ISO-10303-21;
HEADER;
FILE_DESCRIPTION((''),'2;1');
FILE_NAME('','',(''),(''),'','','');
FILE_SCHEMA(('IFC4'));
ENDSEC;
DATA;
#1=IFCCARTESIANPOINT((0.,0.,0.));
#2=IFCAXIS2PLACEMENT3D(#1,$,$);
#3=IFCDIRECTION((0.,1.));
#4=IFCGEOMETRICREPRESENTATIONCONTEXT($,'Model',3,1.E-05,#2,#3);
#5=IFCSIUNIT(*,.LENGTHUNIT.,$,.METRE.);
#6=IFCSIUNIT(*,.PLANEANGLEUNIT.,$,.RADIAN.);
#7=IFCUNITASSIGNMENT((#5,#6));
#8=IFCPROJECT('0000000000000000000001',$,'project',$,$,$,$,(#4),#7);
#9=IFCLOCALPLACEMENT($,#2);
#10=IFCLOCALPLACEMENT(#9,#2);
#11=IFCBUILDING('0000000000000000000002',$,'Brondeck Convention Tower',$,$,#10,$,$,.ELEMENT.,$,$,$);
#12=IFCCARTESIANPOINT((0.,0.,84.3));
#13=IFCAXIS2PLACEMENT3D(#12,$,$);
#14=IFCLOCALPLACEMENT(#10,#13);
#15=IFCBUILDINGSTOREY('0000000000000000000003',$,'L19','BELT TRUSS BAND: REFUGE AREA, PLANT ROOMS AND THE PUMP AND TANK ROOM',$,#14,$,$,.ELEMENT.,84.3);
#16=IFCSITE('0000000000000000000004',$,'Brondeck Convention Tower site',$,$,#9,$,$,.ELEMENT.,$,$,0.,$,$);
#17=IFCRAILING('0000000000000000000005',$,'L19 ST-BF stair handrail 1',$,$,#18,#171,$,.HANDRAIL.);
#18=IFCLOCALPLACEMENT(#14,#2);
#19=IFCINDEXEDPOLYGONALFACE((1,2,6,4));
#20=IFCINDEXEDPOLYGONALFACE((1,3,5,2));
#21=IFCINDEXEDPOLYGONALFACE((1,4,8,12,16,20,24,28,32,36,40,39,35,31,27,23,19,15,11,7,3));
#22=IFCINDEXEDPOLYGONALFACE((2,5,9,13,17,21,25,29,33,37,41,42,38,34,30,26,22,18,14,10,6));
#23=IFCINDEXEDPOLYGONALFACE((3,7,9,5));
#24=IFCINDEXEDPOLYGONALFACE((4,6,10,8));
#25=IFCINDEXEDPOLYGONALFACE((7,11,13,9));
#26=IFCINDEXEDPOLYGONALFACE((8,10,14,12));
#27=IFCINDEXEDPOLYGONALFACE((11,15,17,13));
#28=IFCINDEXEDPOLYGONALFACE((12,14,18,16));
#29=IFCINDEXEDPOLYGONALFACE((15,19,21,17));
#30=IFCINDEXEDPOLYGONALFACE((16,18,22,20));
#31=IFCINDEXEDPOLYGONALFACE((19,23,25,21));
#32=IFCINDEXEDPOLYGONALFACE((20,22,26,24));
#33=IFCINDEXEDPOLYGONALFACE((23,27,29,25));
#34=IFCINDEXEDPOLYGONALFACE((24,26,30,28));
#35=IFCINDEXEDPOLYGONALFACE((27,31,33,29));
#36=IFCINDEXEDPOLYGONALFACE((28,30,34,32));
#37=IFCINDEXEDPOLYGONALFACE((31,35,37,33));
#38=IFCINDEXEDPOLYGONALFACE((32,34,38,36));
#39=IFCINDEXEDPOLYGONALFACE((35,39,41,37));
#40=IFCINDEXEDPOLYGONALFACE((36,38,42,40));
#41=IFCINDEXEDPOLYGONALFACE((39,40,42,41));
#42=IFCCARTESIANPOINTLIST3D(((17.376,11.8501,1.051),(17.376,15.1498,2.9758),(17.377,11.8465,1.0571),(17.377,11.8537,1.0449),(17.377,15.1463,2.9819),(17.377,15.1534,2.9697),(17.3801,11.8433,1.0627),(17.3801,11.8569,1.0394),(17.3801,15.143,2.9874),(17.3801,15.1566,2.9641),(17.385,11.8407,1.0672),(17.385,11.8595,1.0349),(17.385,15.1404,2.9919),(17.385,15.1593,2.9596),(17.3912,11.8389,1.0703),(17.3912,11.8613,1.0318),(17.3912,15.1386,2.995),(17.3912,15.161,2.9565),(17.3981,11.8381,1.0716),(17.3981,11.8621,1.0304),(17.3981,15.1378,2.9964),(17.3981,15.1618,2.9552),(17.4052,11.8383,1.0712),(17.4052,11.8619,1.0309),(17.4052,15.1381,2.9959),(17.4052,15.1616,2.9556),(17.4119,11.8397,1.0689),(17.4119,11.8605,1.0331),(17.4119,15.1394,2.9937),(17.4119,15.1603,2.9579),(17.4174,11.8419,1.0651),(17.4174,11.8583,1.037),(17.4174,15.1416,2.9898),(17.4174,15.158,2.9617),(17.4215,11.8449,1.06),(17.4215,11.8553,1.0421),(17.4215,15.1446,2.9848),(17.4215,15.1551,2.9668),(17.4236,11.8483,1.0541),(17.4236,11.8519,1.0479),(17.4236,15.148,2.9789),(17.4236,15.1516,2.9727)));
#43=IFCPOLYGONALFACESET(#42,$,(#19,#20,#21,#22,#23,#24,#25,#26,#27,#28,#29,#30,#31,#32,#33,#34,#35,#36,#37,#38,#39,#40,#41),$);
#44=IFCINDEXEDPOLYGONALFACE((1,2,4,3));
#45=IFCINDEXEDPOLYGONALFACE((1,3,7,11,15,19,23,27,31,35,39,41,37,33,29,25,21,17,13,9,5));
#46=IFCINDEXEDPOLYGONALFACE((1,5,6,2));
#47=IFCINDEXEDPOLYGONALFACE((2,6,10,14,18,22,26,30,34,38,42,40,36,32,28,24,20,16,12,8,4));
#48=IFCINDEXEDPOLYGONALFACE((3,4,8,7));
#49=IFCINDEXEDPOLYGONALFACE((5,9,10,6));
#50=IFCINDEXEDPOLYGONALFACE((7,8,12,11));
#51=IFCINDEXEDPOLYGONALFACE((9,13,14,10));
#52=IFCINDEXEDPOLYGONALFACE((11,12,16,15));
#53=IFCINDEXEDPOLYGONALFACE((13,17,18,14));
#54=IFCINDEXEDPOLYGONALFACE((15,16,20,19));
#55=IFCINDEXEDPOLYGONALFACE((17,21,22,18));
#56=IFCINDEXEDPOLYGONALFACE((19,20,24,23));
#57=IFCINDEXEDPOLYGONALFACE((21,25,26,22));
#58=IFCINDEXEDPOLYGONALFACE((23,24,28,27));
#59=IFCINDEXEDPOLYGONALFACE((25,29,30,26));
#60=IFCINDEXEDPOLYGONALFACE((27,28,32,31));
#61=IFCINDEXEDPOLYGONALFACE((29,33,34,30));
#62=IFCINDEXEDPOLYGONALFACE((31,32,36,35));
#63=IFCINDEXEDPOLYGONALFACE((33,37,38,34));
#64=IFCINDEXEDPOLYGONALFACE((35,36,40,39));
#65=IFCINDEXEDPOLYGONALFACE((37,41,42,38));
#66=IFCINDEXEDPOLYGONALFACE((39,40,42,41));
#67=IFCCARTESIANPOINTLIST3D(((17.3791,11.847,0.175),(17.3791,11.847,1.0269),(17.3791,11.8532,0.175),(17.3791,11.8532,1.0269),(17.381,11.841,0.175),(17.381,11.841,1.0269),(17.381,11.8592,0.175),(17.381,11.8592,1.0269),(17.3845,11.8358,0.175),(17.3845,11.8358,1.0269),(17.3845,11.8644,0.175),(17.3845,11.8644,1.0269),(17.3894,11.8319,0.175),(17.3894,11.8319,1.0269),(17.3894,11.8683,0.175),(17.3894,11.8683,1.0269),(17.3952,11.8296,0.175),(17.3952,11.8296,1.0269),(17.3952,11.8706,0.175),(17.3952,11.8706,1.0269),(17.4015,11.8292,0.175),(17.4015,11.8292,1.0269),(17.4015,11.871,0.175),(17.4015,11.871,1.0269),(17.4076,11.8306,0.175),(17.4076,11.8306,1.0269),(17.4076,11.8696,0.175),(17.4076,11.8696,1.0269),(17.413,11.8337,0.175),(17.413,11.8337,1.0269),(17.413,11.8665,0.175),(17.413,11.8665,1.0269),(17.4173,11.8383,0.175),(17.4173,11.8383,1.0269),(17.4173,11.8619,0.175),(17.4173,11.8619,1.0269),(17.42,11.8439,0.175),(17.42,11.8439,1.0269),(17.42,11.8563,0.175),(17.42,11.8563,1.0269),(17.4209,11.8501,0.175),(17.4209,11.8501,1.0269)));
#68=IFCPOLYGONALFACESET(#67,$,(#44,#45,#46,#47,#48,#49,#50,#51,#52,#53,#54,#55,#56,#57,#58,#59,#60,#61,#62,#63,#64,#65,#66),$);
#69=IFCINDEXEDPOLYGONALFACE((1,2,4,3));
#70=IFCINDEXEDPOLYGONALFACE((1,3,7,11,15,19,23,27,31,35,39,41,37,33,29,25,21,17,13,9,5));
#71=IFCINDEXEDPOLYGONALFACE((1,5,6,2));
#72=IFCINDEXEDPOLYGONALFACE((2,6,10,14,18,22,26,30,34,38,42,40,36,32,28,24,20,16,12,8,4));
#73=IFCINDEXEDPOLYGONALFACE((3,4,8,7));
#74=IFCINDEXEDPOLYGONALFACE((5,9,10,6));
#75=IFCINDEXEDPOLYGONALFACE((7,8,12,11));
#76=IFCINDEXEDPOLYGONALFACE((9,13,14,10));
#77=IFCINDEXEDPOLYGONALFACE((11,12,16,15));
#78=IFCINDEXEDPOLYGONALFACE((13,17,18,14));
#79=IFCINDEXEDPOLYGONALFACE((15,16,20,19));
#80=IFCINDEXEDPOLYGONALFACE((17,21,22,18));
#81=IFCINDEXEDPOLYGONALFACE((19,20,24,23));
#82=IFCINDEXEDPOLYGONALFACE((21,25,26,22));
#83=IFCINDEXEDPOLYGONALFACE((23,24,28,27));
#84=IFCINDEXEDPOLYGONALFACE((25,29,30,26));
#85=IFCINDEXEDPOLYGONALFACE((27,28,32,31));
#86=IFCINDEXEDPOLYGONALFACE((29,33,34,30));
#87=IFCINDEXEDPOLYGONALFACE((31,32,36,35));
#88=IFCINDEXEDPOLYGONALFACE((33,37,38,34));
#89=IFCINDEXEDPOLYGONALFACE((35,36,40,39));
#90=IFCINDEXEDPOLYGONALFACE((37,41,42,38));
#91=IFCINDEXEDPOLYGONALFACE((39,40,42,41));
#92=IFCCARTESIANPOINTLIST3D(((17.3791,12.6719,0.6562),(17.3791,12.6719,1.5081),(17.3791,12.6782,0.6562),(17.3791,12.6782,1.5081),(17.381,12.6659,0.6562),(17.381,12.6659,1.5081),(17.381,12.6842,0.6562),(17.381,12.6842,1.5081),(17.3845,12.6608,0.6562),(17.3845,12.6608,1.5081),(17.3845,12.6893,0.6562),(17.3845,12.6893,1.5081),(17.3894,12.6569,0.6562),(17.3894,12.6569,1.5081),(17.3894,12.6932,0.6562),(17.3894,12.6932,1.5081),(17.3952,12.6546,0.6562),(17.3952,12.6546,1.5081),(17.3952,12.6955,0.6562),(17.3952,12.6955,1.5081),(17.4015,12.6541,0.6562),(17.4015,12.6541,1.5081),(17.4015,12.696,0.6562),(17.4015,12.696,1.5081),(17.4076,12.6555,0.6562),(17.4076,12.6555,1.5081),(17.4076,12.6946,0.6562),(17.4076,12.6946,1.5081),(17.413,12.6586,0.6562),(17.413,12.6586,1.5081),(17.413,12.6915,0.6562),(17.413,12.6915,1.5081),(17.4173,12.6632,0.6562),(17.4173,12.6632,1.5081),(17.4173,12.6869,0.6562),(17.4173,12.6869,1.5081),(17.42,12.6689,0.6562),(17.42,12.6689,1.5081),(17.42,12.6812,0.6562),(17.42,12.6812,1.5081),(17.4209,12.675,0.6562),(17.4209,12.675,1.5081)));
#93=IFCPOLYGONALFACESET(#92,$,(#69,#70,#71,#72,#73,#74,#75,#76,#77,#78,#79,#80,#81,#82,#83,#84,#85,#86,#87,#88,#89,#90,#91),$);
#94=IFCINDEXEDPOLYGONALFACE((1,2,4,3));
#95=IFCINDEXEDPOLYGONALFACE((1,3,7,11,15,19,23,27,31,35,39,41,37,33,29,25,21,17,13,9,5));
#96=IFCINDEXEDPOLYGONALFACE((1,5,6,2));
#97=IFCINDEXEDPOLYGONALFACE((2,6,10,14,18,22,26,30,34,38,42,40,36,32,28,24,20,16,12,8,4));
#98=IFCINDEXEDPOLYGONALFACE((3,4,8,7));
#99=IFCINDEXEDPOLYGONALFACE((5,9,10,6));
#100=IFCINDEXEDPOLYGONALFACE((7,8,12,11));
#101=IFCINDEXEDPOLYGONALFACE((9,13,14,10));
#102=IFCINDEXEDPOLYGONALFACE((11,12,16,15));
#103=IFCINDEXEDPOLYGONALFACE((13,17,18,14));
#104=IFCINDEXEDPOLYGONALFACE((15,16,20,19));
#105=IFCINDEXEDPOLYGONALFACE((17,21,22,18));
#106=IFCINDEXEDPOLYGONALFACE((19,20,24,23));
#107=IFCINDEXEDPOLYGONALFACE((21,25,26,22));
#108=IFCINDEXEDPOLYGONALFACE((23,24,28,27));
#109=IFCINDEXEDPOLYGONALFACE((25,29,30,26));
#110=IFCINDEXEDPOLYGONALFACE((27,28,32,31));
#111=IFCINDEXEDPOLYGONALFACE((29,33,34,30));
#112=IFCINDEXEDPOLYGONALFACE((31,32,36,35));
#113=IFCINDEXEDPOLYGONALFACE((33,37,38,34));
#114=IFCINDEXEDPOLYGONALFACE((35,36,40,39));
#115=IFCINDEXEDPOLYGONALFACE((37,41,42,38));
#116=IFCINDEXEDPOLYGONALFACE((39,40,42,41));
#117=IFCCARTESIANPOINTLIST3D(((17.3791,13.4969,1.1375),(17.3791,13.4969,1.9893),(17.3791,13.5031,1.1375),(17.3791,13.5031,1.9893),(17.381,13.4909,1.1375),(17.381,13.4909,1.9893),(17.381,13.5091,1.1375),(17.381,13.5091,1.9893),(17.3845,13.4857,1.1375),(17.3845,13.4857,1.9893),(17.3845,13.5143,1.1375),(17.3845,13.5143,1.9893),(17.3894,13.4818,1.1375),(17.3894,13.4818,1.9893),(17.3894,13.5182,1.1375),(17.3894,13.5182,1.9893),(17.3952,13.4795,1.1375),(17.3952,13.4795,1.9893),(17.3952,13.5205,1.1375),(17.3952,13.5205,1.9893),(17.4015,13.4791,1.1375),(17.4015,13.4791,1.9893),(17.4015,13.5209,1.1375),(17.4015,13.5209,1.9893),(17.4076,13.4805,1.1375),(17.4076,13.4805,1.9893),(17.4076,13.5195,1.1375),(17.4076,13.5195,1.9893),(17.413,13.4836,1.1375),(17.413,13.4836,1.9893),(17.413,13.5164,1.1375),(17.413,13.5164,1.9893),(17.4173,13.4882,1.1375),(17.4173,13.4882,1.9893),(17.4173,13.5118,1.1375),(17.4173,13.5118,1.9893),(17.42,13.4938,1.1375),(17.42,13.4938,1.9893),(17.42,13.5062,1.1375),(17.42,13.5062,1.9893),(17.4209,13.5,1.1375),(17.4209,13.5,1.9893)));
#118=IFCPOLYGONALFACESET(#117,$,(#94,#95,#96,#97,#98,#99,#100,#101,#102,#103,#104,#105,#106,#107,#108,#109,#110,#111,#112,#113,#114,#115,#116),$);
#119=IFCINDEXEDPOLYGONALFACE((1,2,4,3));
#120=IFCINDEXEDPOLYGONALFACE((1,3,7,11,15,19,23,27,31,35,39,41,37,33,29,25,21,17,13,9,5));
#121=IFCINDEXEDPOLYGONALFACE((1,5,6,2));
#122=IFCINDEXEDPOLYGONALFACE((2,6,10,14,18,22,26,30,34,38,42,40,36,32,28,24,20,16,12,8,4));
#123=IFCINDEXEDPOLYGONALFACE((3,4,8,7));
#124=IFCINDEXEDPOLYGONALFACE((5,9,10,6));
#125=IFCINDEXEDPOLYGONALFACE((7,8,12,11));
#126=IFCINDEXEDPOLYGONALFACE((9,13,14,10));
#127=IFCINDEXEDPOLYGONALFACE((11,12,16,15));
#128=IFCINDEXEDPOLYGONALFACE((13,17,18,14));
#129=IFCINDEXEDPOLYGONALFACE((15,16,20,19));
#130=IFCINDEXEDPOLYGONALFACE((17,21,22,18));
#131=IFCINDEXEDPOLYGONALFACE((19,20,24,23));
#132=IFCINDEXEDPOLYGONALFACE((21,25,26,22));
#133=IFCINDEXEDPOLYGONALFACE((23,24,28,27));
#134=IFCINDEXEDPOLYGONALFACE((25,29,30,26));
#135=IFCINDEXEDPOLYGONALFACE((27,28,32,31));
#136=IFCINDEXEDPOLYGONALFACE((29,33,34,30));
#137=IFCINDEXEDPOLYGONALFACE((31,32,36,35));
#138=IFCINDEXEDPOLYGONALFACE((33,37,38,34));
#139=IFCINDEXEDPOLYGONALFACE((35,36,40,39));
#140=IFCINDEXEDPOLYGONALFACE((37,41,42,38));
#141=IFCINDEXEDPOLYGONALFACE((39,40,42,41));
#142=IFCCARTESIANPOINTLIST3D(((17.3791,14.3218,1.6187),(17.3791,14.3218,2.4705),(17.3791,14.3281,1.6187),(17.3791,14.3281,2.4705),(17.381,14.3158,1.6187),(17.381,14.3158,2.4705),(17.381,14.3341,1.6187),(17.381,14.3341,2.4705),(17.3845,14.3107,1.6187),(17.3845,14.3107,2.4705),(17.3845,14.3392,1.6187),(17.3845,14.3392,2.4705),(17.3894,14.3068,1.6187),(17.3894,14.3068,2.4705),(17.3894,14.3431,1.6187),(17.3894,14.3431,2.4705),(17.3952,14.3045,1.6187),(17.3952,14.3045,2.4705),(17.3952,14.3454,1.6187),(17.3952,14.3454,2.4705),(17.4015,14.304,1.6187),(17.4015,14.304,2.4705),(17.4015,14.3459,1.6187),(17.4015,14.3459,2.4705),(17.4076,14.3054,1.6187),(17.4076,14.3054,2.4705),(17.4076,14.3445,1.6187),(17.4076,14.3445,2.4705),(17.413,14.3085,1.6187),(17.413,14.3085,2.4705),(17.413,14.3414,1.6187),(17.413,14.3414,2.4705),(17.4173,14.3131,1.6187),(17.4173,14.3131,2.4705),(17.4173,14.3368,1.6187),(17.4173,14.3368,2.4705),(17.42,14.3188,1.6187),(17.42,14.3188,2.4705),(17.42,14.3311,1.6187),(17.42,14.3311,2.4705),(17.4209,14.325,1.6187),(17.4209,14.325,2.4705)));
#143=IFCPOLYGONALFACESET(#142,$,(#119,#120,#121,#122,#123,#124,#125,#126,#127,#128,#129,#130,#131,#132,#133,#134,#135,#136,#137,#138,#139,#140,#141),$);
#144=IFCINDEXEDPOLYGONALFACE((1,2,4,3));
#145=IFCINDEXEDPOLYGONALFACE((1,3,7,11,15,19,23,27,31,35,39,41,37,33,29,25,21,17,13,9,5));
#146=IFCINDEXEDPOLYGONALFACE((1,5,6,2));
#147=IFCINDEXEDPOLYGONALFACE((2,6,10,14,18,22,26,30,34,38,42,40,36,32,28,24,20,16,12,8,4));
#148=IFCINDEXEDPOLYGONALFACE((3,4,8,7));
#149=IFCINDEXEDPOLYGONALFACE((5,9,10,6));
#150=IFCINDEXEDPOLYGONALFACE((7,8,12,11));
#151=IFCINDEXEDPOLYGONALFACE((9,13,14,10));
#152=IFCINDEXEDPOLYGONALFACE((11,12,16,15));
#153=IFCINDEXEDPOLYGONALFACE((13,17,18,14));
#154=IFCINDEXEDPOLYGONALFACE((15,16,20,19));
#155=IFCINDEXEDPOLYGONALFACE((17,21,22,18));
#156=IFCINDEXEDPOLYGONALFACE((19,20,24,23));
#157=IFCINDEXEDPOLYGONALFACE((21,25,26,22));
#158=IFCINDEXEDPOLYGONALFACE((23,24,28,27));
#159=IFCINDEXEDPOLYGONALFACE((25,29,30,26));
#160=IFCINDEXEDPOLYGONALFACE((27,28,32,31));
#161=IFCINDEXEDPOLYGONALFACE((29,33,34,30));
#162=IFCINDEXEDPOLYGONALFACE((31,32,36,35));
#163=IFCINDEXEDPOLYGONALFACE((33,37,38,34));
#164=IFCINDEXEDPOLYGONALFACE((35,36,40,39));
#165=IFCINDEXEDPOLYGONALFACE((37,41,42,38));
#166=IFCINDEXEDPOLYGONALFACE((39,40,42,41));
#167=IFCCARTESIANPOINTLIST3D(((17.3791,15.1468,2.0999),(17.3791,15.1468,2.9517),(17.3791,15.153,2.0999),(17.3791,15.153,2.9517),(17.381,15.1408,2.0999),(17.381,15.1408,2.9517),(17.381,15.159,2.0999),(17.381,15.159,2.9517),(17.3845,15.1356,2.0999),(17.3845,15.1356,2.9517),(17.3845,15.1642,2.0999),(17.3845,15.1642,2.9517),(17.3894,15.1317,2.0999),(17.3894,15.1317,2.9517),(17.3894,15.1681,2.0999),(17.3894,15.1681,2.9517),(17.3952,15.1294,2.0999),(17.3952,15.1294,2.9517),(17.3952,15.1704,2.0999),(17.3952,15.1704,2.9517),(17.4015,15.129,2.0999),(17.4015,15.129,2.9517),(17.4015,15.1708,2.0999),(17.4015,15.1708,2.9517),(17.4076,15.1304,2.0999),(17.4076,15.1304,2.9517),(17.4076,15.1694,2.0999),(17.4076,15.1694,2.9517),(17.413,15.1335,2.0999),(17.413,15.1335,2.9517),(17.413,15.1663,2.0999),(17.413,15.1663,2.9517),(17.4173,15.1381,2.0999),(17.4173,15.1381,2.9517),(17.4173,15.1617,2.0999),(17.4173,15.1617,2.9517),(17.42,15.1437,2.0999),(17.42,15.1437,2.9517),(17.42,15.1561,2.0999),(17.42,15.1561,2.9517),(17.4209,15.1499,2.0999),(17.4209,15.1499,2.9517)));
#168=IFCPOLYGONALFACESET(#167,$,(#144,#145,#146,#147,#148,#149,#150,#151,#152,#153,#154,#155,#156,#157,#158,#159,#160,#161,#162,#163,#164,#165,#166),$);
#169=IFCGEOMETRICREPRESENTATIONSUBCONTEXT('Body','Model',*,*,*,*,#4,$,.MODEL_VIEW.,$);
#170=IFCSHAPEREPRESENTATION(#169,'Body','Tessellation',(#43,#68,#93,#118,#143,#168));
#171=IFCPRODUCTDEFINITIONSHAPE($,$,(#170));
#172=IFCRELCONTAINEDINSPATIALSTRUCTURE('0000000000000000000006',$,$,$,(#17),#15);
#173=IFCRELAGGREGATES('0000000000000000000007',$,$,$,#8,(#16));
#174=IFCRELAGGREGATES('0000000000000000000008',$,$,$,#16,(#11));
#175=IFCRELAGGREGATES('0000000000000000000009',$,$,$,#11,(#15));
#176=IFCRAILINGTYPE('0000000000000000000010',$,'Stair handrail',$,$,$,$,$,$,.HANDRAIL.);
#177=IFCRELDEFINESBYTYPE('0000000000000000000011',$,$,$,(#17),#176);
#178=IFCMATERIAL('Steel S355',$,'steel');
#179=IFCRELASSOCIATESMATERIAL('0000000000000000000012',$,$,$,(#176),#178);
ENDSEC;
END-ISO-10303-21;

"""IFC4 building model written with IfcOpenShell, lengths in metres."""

from ifc_helpers import new_model, si_unit, direction, frame, origin, origin_2d, place, context, subcontext, project, spatial, circle, extrude, material, type_object, element, save


model = new_model("IFC4")

# Units and contexts
model_context = context("Model", 3, precision=1e-05, world=origin(), true_north=direction((0.0, 1.0)))
body_context = subcontext(model_context, "Body", "Model", "MODEL_VIEW")
ifc_project = project(units=[si_unit("LENGTHUNIT", "METRE"), si_unit("PLANEANGLEUNIT", "RADIAN")], contexts=[model_context])

# Site, building, storey
site_placement = place(None, origin())
site = spatial("IfcSite", under=ifc_project, at=site_placement, Name="Brondeck Convention Tower site", CompositionType="ELEMENT", RefElevation=0.0)
building_placement = place(site_placement, origin())
building = spatial("IfcBuilding", under=site, at=building_placement, Name="Brondeck Convention Tower", CompositionType="ELEMENT")
storey_placement = place(building_placement, frame((0.0, 0.0, 84.3)))
storey = spatial("IfcBuildingStorey", under=building, at=storey_placement, Name="L19", Description="BELT TRUSS BAND: REFUGE AREA, PLANT ROOMS AND THE PUMP AND TANK ROOM", CompositionType="ELEMENT", Elevation=84.3)

# Shared definitions
ifc_material_1 = material(Name="Steel S355", Category="steel")

# Railing
railing_type_1 = type_object("IfcRailingType", Name="Stair handrail", PredefinedType="HANDRAIL", material=ifc_material_1)
railing_1_placement = place(storey_placement, frame((17.3999, 11.8501, 0.175)))
element("IfcRailing", 1, at=railing_1_placement, inside=storey, type_object=railing_type_1, Name="L19 ST-BF stair handrail 1", PredefinedType="HANDRAIL", context=body_context, shape_type="SweptSolid", body=[
    extrude(circle(Radius=0.0239, at=origin_2d()), frame((0.0, 0.0, 0.876), z_axis=(0.0, 0.863788, 0.503855), x_axis=(-1.0, 0.0, 0.0)), (0.0, 0.0, 1.0), 3.8201),
    extrude(circle(Radius=0.021, at=origin_2d()), origin(), (0.0, 0.0, 1.0), 0.8518),
    extrude(circle(Radius=0.021, at=origin_2d()), frame((0.0, 0.825, 0.4812)), (0.0, 0.0, 1.0), 0.8518),
    extrude(circle(Radius=0.021, at=origin_2d()), frame((0.0, 1.6499, 0.9624)), (0.0, 0.0, 1.0), 0.8518),
    extrude(circle(Radius=0.021, at=origin_2d()), frame((0.0, 2.4749, 1.4436)), (0.0, 0.0, 1.0), 0.8518),
    extrude(circle(Radius=0.021, at=origin_2d()), frame((0.0, 3.2998, 1.9248)), (0.0, 0.0, 1.0), 0.8518),
])

save(model, "model.ifc")
